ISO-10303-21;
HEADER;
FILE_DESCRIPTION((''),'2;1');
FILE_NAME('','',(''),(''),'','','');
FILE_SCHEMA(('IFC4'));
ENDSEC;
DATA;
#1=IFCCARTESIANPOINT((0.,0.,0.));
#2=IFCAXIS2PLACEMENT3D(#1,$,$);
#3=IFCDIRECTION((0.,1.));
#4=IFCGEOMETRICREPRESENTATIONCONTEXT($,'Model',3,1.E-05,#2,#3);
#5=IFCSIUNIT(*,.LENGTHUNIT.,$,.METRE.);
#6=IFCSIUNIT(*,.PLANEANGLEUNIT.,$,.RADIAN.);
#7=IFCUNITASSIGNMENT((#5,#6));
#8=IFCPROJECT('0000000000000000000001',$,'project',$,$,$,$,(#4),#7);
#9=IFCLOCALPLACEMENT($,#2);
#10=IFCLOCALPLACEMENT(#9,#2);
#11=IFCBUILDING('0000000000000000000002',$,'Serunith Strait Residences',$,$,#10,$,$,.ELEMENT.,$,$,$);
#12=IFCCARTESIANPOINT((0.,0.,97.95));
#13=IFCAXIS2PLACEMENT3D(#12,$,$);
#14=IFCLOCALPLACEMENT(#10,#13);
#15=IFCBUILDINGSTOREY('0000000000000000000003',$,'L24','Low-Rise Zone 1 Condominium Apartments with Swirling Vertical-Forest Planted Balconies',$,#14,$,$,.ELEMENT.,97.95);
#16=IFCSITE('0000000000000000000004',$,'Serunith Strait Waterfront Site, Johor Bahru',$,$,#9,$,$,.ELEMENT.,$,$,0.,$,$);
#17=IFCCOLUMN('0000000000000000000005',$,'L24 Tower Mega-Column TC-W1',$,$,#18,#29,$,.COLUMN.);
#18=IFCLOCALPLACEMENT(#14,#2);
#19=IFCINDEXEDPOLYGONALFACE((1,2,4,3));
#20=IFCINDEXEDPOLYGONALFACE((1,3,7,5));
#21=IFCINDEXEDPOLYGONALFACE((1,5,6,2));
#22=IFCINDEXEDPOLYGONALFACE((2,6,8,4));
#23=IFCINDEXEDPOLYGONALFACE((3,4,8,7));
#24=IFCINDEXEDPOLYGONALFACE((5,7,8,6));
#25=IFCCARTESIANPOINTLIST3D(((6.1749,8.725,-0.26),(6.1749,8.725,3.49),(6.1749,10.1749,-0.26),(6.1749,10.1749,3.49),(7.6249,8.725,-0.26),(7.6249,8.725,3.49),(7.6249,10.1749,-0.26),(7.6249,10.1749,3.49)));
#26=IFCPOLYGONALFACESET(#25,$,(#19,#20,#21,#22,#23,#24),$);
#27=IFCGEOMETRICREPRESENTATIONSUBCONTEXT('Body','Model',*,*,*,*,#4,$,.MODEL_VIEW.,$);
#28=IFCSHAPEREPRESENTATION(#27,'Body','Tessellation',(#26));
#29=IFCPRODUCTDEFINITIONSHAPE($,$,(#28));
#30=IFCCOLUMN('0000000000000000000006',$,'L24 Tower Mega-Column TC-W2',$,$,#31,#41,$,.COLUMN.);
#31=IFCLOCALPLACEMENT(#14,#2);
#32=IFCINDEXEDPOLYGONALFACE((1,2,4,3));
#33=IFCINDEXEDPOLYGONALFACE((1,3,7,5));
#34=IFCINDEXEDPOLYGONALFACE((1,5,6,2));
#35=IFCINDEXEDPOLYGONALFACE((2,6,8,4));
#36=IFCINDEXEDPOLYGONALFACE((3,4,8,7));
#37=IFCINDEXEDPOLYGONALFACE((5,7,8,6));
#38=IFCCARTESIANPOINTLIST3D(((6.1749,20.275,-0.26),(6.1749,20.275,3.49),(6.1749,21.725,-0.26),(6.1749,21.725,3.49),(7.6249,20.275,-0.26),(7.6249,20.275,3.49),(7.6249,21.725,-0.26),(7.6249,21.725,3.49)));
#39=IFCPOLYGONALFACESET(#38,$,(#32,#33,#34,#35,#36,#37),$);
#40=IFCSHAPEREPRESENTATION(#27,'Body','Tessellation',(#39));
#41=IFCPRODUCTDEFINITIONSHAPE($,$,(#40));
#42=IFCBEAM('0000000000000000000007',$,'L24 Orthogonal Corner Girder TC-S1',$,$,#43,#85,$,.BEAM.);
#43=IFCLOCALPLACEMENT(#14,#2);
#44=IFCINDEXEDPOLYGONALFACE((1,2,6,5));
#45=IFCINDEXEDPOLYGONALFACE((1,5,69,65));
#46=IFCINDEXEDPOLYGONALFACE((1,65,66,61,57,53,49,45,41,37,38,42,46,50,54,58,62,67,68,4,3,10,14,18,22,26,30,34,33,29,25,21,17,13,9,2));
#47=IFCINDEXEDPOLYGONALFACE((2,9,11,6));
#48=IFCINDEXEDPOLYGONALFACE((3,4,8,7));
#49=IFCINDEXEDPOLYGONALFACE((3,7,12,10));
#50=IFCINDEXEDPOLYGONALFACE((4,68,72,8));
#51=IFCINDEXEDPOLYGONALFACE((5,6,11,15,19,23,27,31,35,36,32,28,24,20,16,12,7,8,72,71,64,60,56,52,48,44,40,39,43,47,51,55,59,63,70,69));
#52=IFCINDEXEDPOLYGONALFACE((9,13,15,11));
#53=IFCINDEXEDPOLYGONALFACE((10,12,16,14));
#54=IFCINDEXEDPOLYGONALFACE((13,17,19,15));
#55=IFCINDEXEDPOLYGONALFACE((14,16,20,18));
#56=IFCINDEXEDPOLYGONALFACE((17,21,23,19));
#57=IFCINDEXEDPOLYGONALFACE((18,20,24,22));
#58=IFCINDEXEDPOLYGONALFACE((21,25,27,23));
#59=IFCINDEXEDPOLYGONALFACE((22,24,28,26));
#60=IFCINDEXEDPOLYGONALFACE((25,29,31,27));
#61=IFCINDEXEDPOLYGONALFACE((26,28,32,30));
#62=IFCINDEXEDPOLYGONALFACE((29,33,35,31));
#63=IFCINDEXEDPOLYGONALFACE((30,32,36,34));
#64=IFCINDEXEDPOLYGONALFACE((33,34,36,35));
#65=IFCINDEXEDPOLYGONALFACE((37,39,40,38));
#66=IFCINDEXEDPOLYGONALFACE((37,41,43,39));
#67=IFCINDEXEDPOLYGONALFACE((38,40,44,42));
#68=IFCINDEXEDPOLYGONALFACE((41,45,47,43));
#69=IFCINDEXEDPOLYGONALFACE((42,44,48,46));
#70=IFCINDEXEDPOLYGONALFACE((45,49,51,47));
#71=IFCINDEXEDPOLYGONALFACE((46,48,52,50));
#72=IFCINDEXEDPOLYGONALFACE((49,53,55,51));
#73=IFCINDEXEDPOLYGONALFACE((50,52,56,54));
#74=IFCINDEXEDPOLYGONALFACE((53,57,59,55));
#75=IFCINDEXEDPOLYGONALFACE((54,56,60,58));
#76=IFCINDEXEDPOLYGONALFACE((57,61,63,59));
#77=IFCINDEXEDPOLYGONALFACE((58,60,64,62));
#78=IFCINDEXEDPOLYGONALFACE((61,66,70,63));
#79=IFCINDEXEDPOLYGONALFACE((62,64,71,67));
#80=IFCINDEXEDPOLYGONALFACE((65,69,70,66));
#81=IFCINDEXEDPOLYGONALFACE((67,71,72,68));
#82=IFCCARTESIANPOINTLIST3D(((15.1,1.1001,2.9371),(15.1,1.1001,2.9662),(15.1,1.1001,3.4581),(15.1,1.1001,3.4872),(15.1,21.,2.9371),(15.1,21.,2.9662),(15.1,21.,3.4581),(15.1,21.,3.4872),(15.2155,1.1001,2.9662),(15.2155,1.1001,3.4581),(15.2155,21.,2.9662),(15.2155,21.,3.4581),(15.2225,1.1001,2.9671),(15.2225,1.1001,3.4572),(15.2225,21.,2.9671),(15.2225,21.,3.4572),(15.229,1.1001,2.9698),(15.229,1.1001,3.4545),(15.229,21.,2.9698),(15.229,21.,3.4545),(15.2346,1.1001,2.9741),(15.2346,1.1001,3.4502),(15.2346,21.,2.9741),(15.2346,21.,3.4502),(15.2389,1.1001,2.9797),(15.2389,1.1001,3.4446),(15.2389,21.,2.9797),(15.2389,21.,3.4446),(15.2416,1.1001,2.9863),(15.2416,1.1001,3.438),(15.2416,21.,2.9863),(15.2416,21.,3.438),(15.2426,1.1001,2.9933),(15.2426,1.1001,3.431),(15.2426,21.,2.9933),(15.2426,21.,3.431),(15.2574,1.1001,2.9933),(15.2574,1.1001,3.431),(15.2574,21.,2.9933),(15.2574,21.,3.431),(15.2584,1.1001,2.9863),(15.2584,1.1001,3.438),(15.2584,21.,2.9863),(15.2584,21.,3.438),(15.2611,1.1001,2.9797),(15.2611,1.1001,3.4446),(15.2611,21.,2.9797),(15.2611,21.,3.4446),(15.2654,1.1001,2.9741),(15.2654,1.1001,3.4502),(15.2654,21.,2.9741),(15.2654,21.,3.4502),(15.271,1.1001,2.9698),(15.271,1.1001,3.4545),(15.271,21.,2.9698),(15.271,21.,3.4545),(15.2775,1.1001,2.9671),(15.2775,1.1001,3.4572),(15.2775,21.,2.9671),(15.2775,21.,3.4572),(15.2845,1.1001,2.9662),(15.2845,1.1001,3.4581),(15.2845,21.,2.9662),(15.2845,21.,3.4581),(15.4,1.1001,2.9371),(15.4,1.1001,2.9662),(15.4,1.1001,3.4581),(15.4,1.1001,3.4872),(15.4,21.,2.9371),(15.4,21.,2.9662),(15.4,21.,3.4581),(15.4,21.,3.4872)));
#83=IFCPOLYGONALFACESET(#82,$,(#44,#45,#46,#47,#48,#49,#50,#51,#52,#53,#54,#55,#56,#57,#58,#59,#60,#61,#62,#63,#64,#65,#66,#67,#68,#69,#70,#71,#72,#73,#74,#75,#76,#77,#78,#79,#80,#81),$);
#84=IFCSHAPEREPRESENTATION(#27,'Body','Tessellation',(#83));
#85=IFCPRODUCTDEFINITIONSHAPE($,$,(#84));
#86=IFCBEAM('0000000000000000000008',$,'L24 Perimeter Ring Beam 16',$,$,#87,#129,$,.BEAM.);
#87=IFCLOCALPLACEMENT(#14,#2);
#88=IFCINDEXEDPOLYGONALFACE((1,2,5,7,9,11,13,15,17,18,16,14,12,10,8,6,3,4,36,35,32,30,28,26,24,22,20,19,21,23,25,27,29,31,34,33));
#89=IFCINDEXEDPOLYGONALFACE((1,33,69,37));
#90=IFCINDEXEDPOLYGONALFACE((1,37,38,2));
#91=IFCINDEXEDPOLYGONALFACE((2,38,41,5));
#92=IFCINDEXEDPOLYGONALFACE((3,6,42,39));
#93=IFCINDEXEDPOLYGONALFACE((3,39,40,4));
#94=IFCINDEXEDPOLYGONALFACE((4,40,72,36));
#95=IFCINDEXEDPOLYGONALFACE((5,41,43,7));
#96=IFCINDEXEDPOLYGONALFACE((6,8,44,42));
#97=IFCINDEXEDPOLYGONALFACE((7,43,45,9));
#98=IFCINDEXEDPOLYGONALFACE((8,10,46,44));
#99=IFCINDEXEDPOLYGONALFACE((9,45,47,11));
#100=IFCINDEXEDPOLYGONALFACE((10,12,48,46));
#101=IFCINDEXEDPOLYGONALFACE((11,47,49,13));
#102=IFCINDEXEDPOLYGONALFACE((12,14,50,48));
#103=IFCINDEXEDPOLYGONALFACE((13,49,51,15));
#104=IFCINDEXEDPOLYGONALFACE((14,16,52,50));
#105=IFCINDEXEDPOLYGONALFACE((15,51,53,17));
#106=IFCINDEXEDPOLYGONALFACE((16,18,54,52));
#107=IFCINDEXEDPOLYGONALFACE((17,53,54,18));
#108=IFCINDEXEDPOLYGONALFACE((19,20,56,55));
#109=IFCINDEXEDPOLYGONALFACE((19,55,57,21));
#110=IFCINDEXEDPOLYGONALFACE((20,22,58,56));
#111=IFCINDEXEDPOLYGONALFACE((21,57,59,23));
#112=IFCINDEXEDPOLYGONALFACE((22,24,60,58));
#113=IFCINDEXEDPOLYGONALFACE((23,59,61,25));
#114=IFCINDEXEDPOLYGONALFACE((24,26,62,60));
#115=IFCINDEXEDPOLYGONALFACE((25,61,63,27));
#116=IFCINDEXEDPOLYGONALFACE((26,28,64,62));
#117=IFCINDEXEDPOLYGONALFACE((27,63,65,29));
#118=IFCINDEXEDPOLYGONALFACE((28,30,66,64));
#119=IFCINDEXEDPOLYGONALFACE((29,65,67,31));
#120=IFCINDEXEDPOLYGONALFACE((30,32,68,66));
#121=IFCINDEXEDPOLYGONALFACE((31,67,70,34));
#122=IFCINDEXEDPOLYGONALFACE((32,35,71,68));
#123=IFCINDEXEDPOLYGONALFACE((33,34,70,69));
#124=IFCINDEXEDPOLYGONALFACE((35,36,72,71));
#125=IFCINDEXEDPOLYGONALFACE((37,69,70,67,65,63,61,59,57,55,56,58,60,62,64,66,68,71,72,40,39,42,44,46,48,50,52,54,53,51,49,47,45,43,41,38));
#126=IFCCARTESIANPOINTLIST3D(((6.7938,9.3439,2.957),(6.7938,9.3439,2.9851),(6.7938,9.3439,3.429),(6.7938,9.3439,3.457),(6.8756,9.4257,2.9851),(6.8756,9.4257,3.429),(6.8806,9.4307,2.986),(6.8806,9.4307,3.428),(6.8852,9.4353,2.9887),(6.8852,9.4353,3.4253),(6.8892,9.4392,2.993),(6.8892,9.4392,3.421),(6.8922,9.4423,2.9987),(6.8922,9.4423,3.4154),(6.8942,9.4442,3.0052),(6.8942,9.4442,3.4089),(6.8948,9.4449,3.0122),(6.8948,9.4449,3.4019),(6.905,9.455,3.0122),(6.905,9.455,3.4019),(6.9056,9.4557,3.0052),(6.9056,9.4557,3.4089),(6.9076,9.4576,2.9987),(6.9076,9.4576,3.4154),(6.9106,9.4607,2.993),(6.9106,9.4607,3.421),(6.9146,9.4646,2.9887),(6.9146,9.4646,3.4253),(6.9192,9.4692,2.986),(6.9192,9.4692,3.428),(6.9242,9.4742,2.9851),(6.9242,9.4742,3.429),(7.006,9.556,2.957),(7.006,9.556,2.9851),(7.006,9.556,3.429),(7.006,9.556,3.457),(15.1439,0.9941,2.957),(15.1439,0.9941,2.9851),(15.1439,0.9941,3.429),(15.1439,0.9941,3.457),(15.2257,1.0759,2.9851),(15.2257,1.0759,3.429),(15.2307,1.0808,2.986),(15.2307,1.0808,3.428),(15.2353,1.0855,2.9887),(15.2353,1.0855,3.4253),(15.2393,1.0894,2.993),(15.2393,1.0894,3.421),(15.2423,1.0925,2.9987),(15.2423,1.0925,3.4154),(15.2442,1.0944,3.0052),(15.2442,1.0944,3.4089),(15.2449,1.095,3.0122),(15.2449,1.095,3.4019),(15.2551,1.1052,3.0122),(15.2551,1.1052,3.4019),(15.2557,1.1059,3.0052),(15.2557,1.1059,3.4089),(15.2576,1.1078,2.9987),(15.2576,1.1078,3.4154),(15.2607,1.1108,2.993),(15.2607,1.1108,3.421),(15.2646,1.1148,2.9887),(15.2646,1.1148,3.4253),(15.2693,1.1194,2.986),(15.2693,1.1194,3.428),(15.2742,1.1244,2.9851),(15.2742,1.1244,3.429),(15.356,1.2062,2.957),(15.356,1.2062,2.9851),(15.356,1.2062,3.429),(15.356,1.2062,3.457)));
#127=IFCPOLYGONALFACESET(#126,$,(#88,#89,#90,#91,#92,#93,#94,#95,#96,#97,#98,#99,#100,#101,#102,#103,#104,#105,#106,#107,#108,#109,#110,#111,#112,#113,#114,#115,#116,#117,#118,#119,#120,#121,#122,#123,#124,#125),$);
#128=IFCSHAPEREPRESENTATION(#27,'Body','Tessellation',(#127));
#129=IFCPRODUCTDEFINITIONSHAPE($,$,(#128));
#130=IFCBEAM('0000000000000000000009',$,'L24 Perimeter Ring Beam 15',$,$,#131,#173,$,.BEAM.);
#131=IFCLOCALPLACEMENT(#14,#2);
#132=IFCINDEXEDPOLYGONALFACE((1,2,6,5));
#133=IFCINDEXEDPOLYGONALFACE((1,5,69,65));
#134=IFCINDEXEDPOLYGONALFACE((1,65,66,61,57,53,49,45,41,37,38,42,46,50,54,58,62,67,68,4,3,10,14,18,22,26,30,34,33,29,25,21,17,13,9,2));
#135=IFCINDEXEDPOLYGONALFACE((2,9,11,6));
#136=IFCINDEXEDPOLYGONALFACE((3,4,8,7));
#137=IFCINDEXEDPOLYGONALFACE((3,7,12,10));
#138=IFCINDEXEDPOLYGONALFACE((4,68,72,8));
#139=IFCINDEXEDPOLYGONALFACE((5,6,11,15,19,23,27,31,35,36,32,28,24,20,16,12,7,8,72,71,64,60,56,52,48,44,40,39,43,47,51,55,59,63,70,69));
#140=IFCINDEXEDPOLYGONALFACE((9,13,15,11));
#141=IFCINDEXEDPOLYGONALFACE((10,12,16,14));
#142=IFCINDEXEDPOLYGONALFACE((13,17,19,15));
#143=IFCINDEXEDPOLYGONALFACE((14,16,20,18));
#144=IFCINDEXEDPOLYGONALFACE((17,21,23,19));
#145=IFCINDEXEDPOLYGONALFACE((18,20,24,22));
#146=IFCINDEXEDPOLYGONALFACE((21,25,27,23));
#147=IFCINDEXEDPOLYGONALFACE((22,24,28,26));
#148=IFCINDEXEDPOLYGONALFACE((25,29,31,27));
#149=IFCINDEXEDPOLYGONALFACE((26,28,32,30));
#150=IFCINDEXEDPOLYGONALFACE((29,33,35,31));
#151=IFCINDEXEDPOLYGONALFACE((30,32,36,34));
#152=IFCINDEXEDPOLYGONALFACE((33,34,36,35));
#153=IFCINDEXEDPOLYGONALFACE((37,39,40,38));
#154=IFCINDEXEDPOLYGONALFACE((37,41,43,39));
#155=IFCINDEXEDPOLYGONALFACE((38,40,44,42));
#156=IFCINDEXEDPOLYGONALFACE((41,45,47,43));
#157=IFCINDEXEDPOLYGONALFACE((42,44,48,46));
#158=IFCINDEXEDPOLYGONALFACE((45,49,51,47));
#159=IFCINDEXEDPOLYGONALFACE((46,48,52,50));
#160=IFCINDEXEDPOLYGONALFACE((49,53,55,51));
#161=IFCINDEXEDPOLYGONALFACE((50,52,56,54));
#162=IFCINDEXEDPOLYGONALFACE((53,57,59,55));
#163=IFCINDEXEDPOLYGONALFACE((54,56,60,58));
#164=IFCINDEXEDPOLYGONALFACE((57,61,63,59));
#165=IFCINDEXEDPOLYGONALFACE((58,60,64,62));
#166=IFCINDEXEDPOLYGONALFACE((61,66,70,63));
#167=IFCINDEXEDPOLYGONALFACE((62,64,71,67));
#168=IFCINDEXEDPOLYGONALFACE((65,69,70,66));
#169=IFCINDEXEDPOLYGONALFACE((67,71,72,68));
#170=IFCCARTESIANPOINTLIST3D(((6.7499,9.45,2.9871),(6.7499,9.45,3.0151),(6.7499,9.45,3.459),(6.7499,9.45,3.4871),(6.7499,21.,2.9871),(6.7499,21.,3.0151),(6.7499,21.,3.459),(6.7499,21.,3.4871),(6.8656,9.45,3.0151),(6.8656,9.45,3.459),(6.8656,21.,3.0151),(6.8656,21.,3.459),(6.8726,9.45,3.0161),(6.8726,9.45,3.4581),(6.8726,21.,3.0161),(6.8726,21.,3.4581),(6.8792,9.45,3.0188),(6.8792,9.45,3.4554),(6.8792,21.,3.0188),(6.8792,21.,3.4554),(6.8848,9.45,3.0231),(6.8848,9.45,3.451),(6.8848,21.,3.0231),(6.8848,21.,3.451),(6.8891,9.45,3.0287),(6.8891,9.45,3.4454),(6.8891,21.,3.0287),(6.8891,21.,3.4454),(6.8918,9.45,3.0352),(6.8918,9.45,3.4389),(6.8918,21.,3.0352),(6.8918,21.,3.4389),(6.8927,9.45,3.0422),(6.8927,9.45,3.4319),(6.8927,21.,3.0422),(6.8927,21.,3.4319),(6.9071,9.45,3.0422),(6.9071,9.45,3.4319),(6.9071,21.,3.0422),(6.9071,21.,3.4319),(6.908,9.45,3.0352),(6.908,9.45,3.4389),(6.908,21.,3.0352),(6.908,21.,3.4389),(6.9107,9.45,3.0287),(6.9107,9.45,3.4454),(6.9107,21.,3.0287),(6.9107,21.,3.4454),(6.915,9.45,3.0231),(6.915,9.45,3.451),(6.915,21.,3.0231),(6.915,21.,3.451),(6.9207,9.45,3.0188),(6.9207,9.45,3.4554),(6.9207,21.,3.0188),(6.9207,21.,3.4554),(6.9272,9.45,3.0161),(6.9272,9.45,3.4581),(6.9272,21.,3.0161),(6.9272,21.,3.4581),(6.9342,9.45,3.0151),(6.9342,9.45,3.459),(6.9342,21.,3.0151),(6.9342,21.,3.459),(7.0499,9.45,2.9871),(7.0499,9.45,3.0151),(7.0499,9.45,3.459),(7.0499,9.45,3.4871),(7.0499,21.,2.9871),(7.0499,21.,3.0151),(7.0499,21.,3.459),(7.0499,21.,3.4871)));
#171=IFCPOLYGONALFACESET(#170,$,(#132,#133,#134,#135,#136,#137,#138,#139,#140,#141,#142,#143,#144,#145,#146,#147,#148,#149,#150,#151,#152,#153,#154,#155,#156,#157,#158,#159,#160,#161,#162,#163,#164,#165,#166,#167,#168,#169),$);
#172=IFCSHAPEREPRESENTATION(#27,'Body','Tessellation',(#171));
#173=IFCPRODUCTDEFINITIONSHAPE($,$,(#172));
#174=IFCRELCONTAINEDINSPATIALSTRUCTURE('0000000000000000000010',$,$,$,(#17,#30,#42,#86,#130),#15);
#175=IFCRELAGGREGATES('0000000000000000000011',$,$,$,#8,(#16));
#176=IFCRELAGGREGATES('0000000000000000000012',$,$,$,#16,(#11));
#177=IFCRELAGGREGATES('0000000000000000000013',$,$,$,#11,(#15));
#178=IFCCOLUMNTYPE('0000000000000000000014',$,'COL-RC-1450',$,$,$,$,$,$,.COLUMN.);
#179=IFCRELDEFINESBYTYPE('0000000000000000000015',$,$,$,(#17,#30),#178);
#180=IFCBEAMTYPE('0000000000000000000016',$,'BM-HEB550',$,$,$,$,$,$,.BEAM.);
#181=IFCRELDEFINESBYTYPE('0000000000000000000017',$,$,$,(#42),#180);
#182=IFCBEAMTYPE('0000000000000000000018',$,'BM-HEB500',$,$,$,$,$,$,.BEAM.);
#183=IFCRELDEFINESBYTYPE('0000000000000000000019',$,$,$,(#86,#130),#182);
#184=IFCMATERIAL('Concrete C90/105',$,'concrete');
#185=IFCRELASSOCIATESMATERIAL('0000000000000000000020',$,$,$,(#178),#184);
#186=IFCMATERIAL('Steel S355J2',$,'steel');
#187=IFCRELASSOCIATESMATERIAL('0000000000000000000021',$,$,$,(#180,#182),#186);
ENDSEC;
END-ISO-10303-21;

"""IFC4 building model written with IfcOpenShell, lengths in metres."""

from ifc_helpers import new_model, si_unit, direction, frame, origin, origin_2d, place, context, subcontext, project, spatial, rectangle, i_section, extrude, source, transform, mapped, material, material_profile, profile_set, type_object, element, save


model = new_model("IFC4")

# Units and contexts
model_context = context("Model", 3, precision=1e-05, world=origin(), true_north=direction((0.0, 1.0)))
body_context = subcontext(model_context, "Body", "Model", "MODEL_VIEW")
ifc_project = project(units=[si_unit("LENGTHUNIT", "METRE"), si_unit("PLANEANGLEUNIT", "RADIAN")], contexts=[model_context])

# Site, building, storey
site_placement = place(None, origin())
site = spatial("IfcSite", under=ifc_project, at=site_placement, Name="Serunith Strait Waterfront Site, Johor Bahru", CompositionType="ELEMENT", RefElevation=0.0)
building_placement = place(site_placement, origin())
building = spatial("IfcBuilding", under=site, at=building_placement, Name="Serunith Strait Residences", CompositionType="ELEMENT")
storey_placement = place(building_placement, frame((0.0, 0.0, 97.95)))
storey = spatial("IfcBuildingStorey", under=building, at=storey_placement, Name="L24", Description="Low-Rise Zone 1 Condominium Apartments with Swirling Vertical-Forest Planted Balconies", CompositionType="ELEMENT", Elevation=97.95)

# Columns
ifc_material_1 = material(Name="Concrete C90/105", Category="concrete")
ifc_material_profile_1 = material_profile(ifc_material_1, rectangle(XDim=1.45, YDim=1.45, at=origin_2d()), Name="RC 1450x1450")
ifc_profile_set_1 = profile_set([ifc_material_profile_1], Name="Concrete C90/105")
column_type = type_object("IfcColumnType", Name="COL-RC-1450", PredefinedType="COLUMN", material=ifc_profile_set_1)
shared_shape_1 = source(origin(), body_context, "Body", "SweptSolid", [
    extrude(rectangle(XDim=1.45, YDim=1.45, at=origin_2d()), origin(), (0.0, 0.0, 1.0), 3.75),
])
for number, where, z_axis, x_axis, name in (
    (1, (6.8999, 9.45, -0.26), (0.0, 0.0, 1.0), (1.0, 0.0, 0.0), "L24 Tower Mega-Column TC-W1"),
    (2, (6.8999, 21.0, -0.26), (0.0, 0.0, 1.0), (1.0, 0.0, 0.0), "L24 Tower Mega-Column TC-W2"),
):
    element("IfcColumn", number, at=place(storey_placement, frame(where, z_axis=z_axis, x_axis=x_axis)), inside=storey, type_object=column_type, Name=name, PredefinedType="COLUMN", context=body_context, shape_type="MappedRepresentation", body=[
        mapped(shared_shape_1, transform((0.0, 0.0, 0.0), scale=1.0)),
    ])

# Beams
ifc_material_2 = material(Name="Steel S355J2", Category="steel")
ifc_material_profile_2 = material_profile(ifc_material_2, i_section(OverallWidth=0.3, OverallDepth=0.55, WebThickness=0.0149, FlangeThickness=0.0291, FilletRadius=0.0271, at=origin_2d()), Name="HEB 550")
ifc_profile_set_2 = profile_set([ifc_material_profile_2], Name="Steel S355J2")
beam_type_1 = type_object("IfcBeamType", Name="BM-HEB550", PredefinedType="BEAM", material=ifc_profile_set_2)
shared_shape_2 = source(origin(), body_context, "Body", "SweptSolid", [
    extrude(i_section(OverallWidth=0.3, OverallDepth=0.55, WebThickness=0.0149, FlangeThickness=0.0291, FilletRadius=0.0271, at=origin_2d()), origin(), (0.0, 0.0, 1.0), 19.8999),
])
beam_1_placement = place(storey_placement, frame((15.25, 21.0, 3.2122), z_axis=(0.0, -1.0, 0.0), x_axis=(1.0, 0.0, 0.0)))
element("IfcBeam", 3, at=beam_1_placement, inside=storey, type_object=beam_type_1, Name="L24 Orthogonal Corner Girder TC-S1", PredefinedType="BEAM", context=body_context, shape_type="MappedRepresentation", body=[
    mapped(shared_shape_2, transform((0.0, 0.0, 0.0), scale=1.0)),
])
ifc_material_profile_3 = material_profile(ifc_material_2, i_section(OverallWidth=0.3, OverallDepth=0.5, WebThickness=0.0144, FlangeThickness=0.0281, FilletRadius=0.0271, at=origin_2d()), Name="HEB 500")
ifc_profile_set_3 = profile_set([ifc_material_profile_3], Name="Steel S355J2")
beam_type_2 = type_object("IfcBeamType", Name="BM-HEB500", PredefinedType="BEAM", material=ifc_profile_set_3)
shared_shape_3 = source(origin(), body_context, "Body", "SweptSolid", [
    extrude(i_section(OverallWidth=0.3, OverallDepth=0.5, WebThickness=0.0144, FlangeThickness=0.0281, FilletRadius=0.0271, at=origin_2d()), origin(), (0.0, 0.0, 1.0), 11.8086),
])
beam_2_placement = place(storey_placement, frame((6.8999, 9.45, 3.207), z_axis=(0.707117, -0.707096, 0.0), x_axis=(0.707096, 0.707117, 0.0)))
element("IfcBeam", 4, at=beam_2_placement, inside=storey, type_object=beam_type_2, Name="L24 Perimeter Ring Beam 16", PredefinedType="BEAM", context=body_context, shape_type="MappedRepresentation", body=[
    mapped(shared_shape_3, transform((0.0, 0.0, 0.0), scale=1.0)),
])
shared_shape_4 = source(origin(), body_context, "Body", "SweptSolid", [
    extrude(i_section(OverallWidth=0.3, OverallDepth=0.5, WebThickness=0.0144, FlangeThickness=0.0281, FilletRadius=0.0271, at=origin_2d()), origin(), (0.0, 0.0, 1.0), 11.55),
])
beam_3_placement = place(storey_placement, frame((6.8999, 21.0, 3.2371), z_axis=(0.0, -1.0, 0.0), x_axis=(1.0, 0.0, 0.0)))
element("IfcBeam", 5, at=beam_3_placement, inside=storey, type_object=beam_type_2, Name="L24 Perimeter Ring Beam 15", PredefinedType="BEAM", context=body_context, shape_type="MappedRepresentation", body=[
    mapped(shared_shape_4, transform((0.0, 0.0, 0.0), scale=1.0)),
])

save(model, "model.ifc")
